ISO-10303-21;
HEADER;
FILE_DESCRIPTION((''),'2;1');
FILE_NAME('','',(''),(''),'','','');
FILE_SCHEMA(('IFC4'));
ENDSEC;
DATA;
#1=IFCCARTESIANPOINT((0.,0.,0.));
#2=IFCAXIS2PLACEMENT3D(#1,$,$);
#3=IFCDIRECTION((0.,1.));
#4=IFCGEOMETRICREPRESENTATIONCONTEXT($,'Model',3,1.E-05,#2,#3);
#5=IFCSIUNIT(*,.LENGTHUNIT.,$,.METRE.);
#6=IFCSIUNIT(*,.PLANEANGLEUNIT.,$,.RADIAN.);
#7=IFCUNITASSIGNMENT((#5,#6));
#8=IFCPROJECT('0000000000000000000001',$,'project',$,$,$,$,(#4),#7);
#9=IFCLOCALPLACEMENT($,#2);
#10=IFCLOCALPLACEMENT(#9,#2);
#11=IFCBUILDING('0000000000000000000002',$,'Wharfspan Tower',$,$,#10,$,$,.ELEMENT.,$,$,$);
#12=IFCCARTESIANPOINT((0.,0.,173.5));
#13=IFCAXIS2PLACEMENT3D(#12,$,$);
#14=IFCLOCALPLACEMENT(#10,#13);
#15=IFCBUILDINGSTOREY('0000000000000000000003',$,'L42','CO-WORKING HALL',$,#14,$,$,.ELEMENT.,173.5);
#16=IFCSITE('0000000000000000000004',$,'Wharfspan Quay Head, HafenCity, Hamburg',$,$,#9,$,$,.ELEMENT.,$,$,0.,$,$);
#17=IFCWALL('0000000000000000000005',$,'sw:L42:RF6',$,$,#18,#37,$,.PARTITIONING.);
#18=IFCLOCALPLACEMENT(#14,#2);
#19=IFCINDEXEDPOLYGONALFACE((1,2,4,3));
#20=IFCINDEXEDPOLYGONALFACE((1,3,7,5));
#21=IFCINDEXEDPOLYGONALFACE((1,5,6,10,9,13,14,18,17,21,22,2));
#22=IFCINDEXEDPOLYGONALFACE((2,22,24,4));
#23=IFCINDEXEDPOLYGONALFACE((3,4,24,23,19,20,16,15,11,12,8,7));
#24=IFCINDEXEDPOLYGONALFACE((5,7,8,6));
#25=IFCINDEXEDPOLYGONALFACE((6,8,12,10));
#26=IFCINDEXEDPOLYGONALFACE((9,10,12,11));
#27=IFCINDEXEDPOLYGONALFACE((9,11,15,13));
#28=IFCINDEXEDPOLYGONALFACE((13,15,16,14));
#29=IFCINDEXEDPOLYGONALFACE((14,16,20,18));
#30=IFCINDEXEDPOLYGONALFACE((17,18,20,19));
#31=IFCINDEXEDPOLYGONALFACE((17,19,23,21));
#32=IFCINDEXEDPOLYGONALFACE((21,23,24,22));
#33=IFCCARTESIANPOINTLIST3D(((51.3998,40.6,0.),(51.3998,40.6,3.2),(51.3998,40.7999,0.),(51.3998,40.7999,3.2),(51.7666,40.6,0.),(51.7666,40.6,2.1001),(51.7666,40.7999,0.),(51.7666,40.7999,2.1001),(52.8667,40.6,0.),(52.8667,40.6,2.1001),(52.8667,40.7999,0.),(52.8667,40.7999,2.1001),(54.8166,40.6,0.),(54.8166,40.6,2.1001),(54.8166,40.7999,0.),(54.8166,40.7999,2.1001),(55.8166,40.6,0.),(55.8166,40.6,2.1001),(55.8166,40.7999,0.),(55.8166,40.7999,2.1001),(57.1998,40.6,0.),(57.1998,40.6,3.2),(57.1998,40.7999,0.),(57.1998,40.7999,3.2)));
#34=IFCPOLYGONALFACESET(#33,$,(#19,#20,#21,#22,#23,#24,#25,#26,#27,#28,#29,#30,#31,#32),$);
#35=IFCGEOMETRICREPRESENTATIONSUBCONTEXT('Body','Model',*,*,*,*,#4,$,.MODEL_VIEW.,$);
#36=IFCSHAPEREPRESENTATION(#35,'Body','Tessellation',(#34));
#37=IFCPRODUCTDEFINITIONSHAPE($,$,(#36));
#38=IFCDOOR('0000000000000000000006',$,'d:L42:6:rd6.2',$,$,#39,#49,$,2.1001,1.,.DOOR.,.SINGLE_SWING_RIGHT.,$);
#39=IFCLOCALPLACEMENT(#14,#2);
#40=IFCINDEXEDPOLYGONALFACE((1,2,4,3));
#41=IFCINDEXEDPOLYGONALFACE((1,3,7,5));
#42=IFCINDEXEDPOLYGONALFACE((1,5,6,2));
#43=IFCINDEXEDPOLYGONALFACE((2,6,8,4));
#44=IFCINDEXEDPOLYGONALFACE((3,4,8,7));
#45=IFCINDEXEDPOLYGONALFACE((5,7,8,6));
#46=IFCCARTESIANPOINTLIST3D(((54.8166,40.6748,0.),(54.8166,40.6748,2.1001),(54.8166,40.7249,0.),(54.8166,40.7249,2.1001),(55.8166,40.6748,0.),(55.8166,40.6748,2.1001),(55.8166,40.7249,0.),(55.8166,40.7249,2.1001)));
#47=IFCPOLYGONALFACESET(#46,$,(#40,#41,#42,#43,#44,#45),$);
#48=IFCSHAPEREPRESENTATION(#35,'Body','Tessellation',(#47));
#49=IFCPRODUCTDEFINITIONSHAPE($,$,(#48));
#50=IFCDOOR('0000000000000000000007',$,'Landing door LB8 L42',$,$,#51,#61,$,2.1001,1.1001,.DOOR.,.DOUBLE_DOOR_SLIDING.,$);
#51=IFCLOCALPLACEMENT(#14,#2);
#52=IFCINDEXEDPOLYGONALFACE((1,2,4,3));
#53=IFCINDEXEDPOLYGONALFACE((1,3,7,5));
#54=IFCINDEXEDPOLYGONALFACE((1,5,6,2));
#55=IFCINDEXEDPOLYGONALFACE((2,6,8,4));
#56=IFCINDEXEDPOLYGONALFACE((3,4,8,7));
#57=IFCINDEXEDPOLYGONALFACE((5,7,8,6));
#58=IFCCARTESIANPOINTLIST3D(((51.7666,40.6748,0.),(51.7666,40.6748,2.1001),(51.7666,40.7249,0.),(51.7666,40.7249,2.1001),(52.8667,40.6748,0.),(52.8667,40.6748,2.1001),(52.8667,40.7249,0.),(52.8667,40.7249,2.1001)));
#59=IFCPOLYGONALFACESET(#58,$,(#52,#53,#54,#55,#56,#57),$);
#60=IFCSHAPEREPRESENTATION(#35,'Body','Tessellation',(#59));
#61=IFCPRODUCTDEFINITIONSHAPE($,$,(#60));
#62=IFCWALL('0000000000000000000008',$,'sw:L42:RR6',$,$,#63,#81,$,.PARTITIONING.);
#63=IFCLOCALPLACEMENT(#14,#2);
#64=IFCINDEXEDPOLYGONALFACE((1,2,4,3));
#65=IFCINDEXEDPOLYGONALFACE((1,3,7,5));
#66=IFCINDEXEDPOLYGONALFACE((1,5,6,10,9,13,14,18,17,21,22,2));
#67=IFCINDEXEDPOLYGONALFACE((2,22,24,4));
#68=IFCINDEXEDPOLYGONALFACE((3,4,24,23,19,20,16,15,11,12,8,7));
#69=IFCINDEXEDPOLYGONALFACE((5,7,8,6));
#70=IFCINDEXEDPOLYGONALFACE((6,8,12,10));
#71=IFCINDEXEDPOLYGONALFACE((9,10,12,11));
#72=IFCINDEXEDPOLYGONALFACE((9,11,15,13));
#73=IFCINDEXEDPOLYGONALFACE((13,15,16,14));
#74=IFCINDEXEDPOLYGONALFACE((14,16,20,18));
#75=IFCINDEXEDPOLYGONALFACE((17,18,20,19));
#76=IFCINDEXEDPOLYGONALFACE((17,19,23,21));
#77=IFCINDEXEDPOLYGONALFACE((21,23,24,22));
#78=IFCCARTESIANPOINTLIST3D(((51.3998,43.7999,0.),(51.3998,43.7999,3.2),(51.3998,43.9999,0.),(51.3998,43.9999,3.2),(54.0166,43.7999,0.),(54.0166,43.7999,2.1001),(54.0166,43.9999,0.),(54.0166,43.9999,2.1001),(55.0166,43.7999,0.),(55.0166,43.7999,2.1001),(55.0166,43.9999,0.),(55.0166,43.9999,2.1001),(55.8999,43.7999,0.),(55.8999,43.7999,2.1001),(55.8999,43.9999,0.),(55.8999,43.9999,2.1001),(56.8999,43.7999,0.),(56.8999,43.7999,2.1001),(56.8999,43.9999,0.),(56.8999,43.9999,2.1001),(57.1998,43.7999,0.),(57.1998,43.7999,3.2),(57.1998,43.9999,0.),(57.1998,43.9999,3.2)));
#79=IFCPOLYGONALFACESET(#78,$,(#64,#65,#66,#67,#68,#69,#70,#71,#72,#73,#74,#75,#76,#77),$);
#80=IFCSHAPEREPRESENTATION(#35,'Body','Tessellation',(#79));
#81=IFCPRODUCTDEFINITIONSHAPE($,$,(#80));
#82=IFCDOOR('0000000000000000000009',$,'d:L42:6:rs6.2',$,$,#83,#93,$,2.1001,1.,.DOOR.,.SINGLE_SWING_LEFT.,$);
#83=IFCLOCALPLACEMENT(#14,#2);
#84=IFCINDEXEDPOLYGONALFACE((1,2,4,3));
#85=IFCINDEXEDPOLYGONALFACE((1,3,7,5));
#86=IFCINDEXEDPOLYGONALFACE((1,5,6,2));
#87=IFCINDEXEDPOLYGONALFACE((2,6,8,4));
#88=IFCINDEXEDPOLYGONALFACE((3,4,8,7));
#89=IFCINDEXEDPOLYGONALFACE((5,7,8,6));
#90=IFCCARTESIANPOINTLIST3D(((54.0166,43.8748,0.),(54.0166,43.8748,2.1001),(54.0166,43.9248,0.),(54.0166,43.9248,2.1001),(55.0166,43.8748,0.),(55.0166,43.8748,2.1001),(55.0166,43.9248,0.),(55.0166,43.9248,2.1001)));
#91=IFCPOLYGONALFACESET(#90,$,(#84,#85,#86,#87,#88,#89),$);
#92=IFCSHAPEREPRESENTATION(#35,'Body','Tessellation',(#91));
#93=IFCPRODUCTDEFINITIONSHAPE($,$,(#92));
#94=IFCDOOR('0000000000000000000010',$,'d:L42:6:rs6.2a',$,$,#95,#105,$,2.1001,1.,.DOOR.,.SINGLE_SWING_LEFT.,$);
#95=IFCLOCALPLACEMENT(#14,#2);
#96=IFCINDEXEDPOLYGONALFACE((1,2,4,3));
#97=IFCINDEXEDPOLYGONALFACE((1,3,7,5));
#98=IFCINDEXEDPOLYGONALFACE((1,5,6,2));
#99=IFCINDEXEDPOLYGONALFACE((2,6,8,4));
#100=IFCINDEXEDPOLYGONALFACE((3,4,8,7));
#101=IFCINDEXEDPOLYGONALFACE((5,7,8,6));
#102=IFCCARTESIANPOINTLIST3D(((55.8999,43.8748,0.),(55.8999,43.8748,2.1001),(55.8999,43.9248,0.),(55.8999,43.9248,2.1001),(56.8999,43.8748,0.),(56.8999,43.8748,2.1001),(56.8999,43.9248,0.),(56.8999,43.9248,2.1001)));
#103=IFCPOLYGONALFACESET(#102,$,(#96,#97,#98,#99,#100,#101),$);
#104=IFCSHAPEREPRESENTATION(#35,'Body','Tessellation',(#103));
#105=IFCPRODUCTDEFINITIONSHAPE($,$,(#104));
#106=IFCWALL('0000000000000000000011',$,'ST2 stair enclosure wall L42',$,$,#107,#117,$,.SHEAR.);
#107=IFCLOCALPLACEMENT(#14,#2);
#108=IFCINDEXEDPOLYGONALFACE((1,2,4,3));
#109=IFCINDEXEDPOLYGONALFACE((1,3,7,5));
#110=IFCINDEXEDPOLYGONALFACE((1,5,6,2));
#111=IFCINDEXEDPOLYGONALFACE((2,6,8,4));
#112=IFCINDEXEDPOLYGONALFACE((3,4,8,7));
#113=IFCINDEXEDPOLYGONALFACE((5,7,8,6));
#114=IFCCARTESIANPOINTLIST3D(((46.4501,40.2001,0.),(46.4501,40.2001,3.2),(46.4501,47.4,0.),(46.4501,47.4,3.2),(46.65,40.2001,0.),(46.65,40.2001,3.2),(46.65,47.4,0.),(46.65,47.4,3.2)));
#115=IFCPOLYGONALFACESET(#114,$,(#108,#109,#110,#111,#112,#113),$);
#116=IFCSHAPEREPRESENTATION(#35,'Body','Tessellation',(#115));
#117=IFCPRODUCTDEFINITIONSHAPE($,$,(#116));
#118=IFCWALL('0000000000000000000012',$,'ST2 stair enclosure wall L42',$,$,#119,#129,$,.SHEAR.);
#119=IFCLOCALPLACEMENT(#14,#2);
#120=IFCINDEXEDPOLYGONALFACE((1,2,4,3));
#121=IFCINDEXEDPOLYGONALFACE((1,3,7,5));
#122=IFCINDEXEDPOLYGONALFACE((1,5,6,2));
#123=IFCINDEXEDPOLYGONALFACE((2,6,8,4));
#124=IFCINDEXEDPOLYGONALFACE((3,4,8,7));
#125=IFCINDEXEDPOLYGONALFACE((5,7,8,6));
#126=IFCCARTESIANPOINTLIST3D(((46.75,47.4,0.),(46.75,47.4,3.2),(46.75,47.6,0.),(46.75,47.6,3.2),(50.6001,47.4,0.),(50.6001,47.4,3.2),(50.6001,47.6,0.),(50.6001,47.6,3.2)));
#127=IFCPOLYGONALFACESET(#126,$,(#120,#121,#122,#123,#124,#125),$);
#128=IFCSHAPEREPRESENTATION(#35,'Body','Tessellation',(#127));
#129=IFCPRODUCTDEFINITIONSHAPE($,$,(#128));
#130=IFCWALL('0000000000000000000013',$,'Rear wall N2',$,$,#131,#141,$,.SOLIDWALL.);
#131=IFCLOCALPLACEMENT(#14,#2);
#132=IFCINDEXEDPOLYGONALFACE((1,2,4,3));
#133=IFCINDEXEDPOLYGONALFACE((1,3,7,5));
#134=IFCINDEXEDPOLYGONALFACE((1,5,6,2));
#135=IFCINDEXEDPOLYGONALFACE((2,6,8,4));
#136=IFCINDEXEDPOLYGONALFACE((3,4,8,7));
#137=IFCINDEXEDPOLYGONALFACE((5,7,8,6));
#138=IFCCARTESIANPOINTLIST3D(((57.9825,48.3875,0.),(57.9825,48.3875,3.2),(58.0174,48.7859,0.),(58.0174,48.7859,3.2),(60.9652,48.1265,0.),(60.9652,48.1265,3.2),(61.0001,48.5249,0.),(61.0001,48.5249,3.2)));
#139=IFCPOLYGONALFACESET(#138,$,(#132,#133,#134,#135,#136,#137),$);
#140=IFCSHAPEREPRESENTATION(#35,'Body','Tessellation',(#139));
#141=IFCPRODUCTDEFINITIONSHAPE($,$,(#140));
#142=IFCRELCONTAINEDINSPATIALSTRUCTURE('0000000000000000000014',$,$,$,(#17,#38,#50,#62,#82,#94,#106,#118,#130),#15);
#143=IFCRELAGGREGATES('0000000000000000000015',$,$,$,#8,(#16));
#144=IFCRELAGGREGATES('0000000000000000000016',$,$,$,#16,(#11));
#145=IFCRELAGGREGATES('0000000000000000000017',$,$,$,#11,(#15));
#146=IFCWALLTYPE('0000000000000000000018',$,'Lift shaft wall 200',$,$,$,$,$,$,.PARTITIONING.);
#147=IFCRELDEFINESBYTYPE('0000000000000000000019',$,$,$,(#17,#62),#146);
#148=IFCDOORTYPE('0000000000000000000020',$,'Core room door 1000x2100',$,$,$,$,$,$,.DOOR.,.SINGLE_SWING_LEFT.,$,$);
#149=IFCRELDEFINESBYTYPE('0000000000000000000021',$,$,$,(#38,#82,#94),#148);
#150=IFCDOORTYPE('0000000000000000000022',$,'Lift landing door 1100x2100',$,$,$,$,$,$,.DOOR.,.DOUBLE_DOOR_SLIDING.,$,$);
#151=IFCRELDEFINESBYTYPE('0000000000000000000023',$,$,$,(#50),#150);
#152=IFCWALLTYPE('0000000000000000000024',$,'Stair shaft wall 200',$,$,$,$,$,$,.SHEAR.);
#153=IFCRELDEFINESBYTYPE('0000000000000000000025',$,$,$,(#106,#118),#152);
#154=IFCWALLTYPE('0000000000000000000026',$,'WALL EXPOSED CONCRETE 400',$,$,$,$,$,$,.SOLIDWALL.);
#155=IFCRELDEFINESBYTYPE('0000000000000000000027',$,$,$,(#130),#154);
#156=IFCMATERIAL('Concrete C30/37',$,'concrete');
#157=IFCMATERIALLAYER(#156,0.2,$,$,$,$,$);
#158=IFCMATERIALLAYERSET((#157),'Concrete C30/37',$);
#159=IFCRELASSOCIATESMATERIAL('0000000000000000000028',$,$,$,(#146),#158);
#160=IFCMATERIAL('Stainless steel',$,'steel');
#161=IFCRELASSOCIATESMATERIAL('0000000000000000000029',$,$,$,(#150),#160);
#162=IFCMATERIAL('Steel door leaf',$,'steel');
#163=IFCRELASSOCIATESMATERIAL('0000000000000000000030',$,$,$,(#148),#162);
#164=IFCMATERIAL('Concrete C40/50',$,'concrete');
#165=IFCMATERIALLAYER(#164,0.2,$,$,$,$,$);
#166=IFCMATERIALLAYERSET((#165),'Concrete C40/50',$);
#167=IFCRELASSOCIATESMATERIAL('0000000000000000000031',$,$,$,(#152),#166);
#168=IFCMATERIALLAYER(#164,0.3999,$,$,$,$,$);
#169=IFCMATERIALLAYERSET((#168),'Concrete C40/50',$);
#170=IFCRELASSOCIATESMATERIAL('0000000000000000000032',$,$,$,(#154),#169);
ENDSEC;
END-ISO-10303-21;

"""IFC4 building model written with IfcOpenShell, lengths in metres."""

from ifc_helpers import new_model, si_unit, direction, frame, frame_2d, origin, place, context, subcontext, project, spatial, rectangle, extrude, material, layer, layer_set, type_object, element, fill, save


model = new_model("IFC4")

# Units and contexts
model_context = context("Model", 3, precision=1e-05, world=origin(), true_north=direction((0.0, 1.0)))
body_context = subcontext(model_context, "Body", "Model", "MODEL_VIEW")
ifc_project = project(units=[si_unit("LENGTHUNIT", "METRE"), si_unit("PLANEANGLEUNIT", "RADIAN")], contexts=[model_context])

# Site, building, storey
site_placement = place(None, origin())
site = spatial("IfcSite", under=ifc_project, at=site_placement, Name="Wharfspan Quay Head, HafenCity, Hamburg", CompositionType="ELEMENT", RefElevation=0.0)
building_placement = place(site_placement, origin())
building = spatial("IfcBuilding", under=site, at=building_placement, Name="Wharfspan Tower", CompositionType="ELEMENT")
storey_placement = place(building_placement, frame((0.0, 0.0, 173.5)))
storey = spatial("IfcBuildingStorey", under=building, at=storey_placement, Name="L42", Description="CO-WORKING HALL", CompositionType="ELEMENT", Elevation=173.5)

# Walls, openings, doors
ifc_material_1 = material(Name="Concrete C30/37", Category="concrete")
ifc_layer_1 = layer(ifc_material_1, 0.2)
ifc_layer_set_1 = layer_set([ifc_layer_1], Name="Concrete C30/37")
wall_type_1 = type_object("IfcWallType", Name="Lift shaft wall 200", PredefinedType="PARTITIONING", material=ifc_layer_set_1)
ifc_material_2 = material(Name="Stainless steel", Category="steel")
door_type_1 = type_object("IfcDoorType", Name="Lift landing door 1100x2100", OperationType="DOUBLE_DOOR_SLIDING", PredefinedType="DOOR", material=ifc_material_2)
wall_1_placement = place(storey_placement, frame((51.3999, 40.7, 0.0), z_axis=(0.0, 0.0, 1.0), x_axis=(1.0, 0.0, 0.0)))
wall_1 = element("IfcWall", 1, at=wall_1_placement, inside=storey, type_object=wall_type_1, Name="sw:L42:RF6", PredefinedType="PARTITIONING", context=body_context, shape_type="SweptSolid", body=[
    extrude(rectangle(XDim=5.8, YDim=0.2, at=frame_2d((2.8999, 0.0))), origin(), (0.0, 0.0, 1.0), 3.2),
])
opening_1_placement = place(wall_1_placement, frame((0.3667, 0.0, 0.0)))
opening_1 = element("IfcOpeningElement", 2, at=opening_1_placement, cuts=wall_1, PredefinedType="OPENING", context=body_context, shape_type="SweptSolid", body=[
    extrude(rectangle(XDim=1.1001, YDim=2.1001, at=frame_2d((0.55, 1.05))), frame((0.0, 0.1099, 0.0), z_axis=(0.0, -1.0, 0.0), x_axis=(1.0, 0.0, 0.0)), (0.0, 0.0, 1.0), 0.22),
])
opening_2_placement = place(wall_1_placement, frame((3.4167, 0.0, 0.0)))
opening_2 = element("IfcOpeningElement", 3, at=opening_2_placement, cuts=wall_1, PredefinedType="OPENING", context=body_context, shape_type="SweptSolid", body=[
    extrude(rectangle(XDim=1.0, YDim=2.1001, at=frame_2d((0.5, 1.05))), frame((0.0, 0.1099, 0.0), z_axis=(0.0, -1.0, 0.0), x_axis=(1.0, 0.0, 0.0)), (0.0, 0.0, 1.0), 0.22),
])
ifc_material_3 = material(Name="Steel door leaf", Category="steel")
door_type_2 = type_object("IfcDoorType", Name="Core room door 1000x2100", OperationType="SINGLE_SWING_LEFT", PredefinedType="DOOR", material=ifc_material_3)
door_1_placement = place(opening_2_placement, origin())
door_1 = element("IfcDoor", 4, at=door_1_placement, inside=storey, type_object=door_type_2, Name="d:L42:6:rd6.2", OperationType="SINGLE_SWING_RIGHT", OverallHeight=2.1001, OverallWidth=1.0, PredefinedType="DOOR", context=body_context, shape_type="SweptSolid", body=[
    extrude(rectangle(XDim=1.0, YDim=2.1001, at=frame_2d((0.5, 1.05))), frame((0.0, 0.0249, 0.0), z_axis=(0.0, -1.0, 0.0), x_axis=(1.0, 0.0, 0.0)), (0.0, 0.0, 1.0), 0.05),
])
fill(opening_2, door_1)
door_2_placement = place(opening_1_placement, origin())
door_2 = element("IfcDoor", 5, at=door_2_placement, inside=storey, type_object=door_type_1, Name="Landing door LB8 L42", OperationType="DOUBLE_DOOR_SLIDING", OverallHeight=2.1001, OverallWidth=1.1001, PredefinedType="DOOR", context=body_context, shape_type="SweptSolid", body=[
    extrude(rectangle(XDim=1.1001, YDim=2.1001, at=frame_2d((0.55, 1.05))), frame((0.0, 0.0249, 0.0), z_axis=(0.0, -1.0, 0.0), x_axis=(1.0, 0.0, 0.0)), (0.0, 0.0, 1.0), 0.05),
])
fill(opening_1, door_2)
wall_2_placement = place(storey_placement, frame((51.3999, 43.8999, 0.0), z_axis=(0.0, 0.0, 1.0), x_axis=(1.0, 0.0, 0.0)))
wall_2 = element("IfcWall", 6, at=wall_2_placement, inside=storey, type_object=wall_type_1, Name="sw:L42:RR6", PredefinedType="PARTITIONING", context=body_context, shape_type="SweptSolid", body=[
    extrude(rectangle(XDim=5.8, YDim=0.2, at=frame_2d((2.8999, 0.0))), origin(), (0.0, 0.0, 1.0), 3.2),
])
opening_3_placement = place(wall_2_placement, frame((2.6167, 0.0, 0.0)))
opening_3 = element("IfcOpeningElement", 7, at=opening_3_placement, cuts=wall_2, PredefinedType="OPENING", context=body_context, shape_type="SweptSolid", body=[
    extrude(rectangle(XDim=1.0, YDim=2.1001, at=frame_2d((0.5, 1.05))), frame((0.0, 0.1099, 0.0), z_axis=(0.0, -1.0, 0.0), x_axis=(1.0, 0.0, 0.0)), (0.0, 0.0, 1.0), 0.22),
])
opening_4_placement = place(wall_2_placement, frame((4.5, 0.0, 0.0)))
opening_4 = element("IfcOpeningElement", 8, at=opening_4_placement, cuts=wall_2, PredefinedType="OPENING", context=body_context, shape_type="SweptSolid", body=[
    extrude(rectangle(XDim=1.0, YDim=2.1001, at=frame_2d((0.5, 1.05))), frame((0.0, 0.1099, 0.0), z_axis=(0.0, -1.0, 0.0), x_axis=(1.0, 0.0, 0.0)), (0.0, 0.0, 1.0), 0.22),
])
door_3_placement = place(opening_3_placement, origin())
door_3 = element("IfcDoor", 9, at=door_3_placement, inside=storey, type_object=door_type_2, Name="d:L42:6:rs6.2", OperationType="SINGLE_SWING_LEFT", OverallHeight=2.1001, OverallWidth=1.0, PredefinedType="DOOR", context=body_context, shape_type="SweptSolid", body=[
    extrude(rectangle(XDim=1.0, YDim=2.1001, at=frame_2d((0.5, 1.05))), frame((0.0, 0.0249, 0.0), z_axis=(0.0, -1.0, 0.0), x_axis=(1.0, 0.0, 0.0)), (0.0, 0.0, 1.0), 0.05),
])
fill(opening_3, door_3)
door_4_placement = place(opening_4_placement, origin())
door_4 = element("IfcDoor", 10, at=door_4_placement, inside=storey, type_object=door_type_2, Name="d:L42:6:rs6.2a", OperationType="SINGLE_SWING_LEFT", OverallHeight=2.1001, OverallWidth=1.0, PredefinedType="DOOR", context=body_context, shape_type="SweptSolid", body=[
    extrude(rectangle(XDim=1.0, YDim=2.1001, at=frame_2d((0.5, 1.05))), frame((0.0, 0.0249, 0.0), z_axis=(0.0, -1.0, 0.0), x_axis=(1.0, 0.0, 0.0)), (0.0, 0.0, 1.0), 0.05),
])
fill(opening_4, door_4)

# Walls
ifc_material_4 = material(Name="Concrete C40/50", Category="concrete")
ifc_layer_2 = layer(ifc_material_4, 0.2)
ifc_layer_set_2 = layer_set([ifc_layer_2], Name="Concrete C40/50")
wall_type_2 = type_object("IfcWallType", Name="Stair shaft wall 200", PredefinedType="SHEAR", material=ifc_layer_set_2)
wall_3_placement = place(storey_placement, frame((46.55, 40.2, 0.0), z_axis=(0.0, 0.0, 1.0), x_axis=(0.0, 1.0, 0.0)))
element("IfcWall", 11, at=wall_3_placement, inside=storey, type_object=wall_type_2, Name="ST2 stair enclosure wall L42", PredefinedType="SHEAR", context=body_context, shape_type="SweptSolid", body=[
    extrude(rectangle(XDim=7.2, YDim=0.2, at=frame_2d((3.6001, 0.0))), origin(), (0.0, 0.0, 1.0), 3.2),
])
wall_4_placement = place(storey_placement, frame((46.75, 47.5, 0.0), z_axis=(0.0, 0.0, 1.0), x_axis=(1.0, 0.0, 0.0)))
element("IfcWall", 12, at=wall_4_placement, inside=storey, type_object=wall_type_2, Name="ST2 stair enclosure wall L42", PredefinedType="SHEAR", context=body_context, shape_type="SweptSolid", body=[
    extrude(rectangle(XDim=3.8501, YDim=0.2, at=frame_2d((1.925, 0.0))), origin(), (0.0, 0.0, 1.0), 3.2),
])
ifc_layer_3 = layer(ifc_material_4, 0.3999)
ifc_layer_set_3 = layer_set([ifc_layer_3], Name="Concrete C40/50")
wall_type_3 = type_object("IfcWallType", Name="WALL EXPOSED CONCRETE 400", PredefinedType="SOLIDWALL", material=ifc_layer_set_3)
wall_5_placement = place(storey_placement, frame((60.9827, 48.3257, 0.0), z_axis=(0.0, 0.0, 1.0), x_axis=(-0.996194, 0.087168, 0.0)))
element("IfcWall", 13, at=wall_5_placement, inside=storey, type_object=wall_type_3, Name="Rear wall N2", PredefinedType="SOLIDWALL", context=body_context, shape_type="SweptSolid", body=[
    extrude(rectangle(XDim=2.9941, YDim=0.3999, at=frame_2d((1.4971, 0.0))), origin(), (0.0, 0.0, 1.0), 3.2),
])

save(model, "model.ifc")
